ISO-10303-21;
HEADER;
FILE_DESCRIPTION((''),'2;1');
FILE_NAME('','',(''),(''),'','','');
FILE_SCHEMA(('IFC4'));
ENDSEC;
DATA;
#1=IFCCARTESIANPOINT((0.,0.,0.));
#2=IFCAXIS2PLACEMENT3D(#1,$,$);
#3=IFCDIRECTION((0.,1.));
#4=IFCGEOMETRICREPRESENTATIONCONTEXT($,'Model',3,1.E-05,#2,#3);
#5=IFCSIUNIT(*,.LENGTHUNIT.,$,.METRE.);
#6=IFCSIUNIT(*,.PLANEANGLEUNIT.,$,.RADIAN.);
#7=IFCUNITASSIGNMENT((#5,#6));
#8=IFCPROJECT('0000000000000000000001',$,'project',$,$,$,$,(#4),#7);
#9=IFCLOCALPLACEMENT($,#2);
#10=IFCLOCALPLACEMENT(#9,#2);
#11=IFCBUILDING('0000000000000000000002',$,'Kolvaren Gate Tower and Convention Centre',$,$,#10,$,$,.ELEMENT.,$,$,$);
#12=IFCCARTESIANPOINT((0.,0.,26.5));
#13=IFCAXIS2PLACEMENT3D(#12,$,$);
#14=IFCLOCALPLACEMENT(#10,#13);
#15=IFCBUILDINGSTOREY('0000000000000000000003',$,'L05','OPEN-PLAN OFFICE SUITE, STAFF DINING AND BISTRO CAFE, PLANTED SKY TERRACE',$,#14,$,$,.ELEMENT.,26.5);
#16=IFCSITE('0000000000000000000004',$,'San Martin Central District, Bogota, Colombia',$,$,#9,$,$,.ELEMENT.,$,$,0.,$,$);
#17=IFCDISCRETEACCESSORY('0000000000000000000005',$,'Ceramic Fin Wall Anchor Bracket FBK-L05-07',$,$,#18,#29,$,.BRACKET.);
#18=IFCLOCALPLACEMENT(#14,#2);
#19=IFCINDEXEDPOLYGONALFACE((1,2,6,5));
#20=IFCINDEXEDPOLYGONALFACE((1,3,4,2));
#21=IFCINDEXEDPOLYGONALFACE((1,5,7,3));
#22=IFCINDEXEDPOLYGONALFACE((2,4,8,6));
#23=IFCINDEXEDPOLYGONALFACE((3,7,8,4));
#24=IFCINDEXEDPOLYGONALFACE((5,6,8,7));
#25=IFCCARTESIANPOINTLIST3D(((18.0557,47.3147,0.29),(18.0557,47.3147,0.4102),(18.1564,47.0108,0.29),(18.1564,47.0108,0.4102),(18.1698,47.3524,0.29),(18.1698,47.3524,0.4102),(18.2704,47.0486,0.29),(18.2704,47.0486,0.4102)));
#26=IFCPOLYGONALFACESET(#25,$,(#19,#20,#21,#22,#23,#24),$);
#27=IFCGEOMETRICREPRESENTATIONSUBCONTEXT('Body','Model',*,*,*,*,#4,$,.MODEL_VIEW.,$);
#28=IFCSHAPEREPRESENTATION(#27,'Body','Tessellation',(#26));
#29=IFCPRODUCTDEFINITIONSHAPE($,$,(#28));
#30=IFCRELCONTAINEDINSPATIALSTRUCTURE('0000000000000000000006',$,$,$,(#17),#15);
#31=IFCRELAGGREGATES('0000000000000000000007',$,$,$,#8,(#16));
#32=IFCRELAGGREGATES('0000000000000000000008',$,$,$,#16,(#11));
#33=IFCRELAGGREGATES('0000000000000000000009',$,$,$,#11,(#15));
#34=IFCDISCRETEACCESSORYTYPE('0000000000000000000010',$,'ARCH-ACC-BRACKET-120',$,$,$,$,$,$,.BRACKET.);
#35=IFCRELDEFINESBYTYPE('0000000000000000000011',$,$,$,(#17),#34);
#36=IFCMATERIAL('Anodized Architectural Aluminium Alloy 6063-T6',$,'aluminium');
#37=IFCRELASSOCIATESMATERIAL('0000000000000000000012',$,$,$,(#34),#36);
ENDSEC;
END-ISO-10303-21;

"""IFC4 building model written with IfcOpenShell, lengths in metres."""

from ifc_helpers import new_model, si_unit, direction, frame, origin, origin_2d, place, context, subcontext, project, spatial, rectangle, extrude, material, type_object, element, save


model = new_model("IFC4")

# Units and contexts
model_context = context("Model", 3, precision=1e-05, world=origin(), true_north=direction((0.0, 1.0)))
body_context = subcontext(model_context, "Body", "Model", "MODEL_VIEW")
ifc_project = project(units=[si_unit("LENGTHUNIT", "METRE"), si_unit("PLANEANGLEUNIT", "RADIAN")], contexts=[model_context])

# Site, building, storey
site_placement = place(None, origin())
site = spatial("IfcSite", under=ifc_project, at=site_placement, Name="San Martin Central District, Bogota, Colombia", CompositionType="ELEMENT", RefElevation=0.0)
building_placement = place(site_placement, origin())
building = spatial("IfcBuilding", under=site, at=building_placement, Name="Kolvaren Gate Tower and Convention Centre", CompositionType="ELEMENT")
storey_placement = place(building_placement, frame((0.0, 0.0, 26.5)))
storey = spatial("IfcBuildingStorey", under=building, at=storey_placement, Name="L05", Description="OPEN-PLAN OFFICE SUITE, STAFF DINING AND BISTRO CAFE, PLANTED SKY TERRACE", CompositionType="ELEMENT", Elevation=26.5)

# Shared definitions
ifc_material_1 = material(Name="Anodized Architectural Aluminium Alloy 6063-T6", Category="aluminium")

# Discrete accessory
discrete_accessory_type = type_object("IfcDiscreteAccessoryType", Name="ARCH-ACC-BRACKET-120", PredefinedType="BRACKET", material=ifc_material_1)
discrete_accessory_placement = place(storey_placement, frame((18.1631, 47.1816, 0.29), z_axis=(0.0, 0.0, 1.0), x_axis=(0.949243, 0.314544, 0.0)))
element("IfcDiscreteAccessory", 1, at=discrete_accessory_placement, inside=storey, type_object=discrete_accessory_type, Name="Ceramic Fin Wall Anchor Bracket FBK-L05-07", PredefinedType="BRACKET", context=body_context, shape_type="SweptSolid", body=[
    extrude(rectangle(XDim=0.1201, YDim=0.3201, at=origin_2d()), origin(), (0.0, 0.0, 1.0), 0.1201),
])

save(model, "model.ifc")
